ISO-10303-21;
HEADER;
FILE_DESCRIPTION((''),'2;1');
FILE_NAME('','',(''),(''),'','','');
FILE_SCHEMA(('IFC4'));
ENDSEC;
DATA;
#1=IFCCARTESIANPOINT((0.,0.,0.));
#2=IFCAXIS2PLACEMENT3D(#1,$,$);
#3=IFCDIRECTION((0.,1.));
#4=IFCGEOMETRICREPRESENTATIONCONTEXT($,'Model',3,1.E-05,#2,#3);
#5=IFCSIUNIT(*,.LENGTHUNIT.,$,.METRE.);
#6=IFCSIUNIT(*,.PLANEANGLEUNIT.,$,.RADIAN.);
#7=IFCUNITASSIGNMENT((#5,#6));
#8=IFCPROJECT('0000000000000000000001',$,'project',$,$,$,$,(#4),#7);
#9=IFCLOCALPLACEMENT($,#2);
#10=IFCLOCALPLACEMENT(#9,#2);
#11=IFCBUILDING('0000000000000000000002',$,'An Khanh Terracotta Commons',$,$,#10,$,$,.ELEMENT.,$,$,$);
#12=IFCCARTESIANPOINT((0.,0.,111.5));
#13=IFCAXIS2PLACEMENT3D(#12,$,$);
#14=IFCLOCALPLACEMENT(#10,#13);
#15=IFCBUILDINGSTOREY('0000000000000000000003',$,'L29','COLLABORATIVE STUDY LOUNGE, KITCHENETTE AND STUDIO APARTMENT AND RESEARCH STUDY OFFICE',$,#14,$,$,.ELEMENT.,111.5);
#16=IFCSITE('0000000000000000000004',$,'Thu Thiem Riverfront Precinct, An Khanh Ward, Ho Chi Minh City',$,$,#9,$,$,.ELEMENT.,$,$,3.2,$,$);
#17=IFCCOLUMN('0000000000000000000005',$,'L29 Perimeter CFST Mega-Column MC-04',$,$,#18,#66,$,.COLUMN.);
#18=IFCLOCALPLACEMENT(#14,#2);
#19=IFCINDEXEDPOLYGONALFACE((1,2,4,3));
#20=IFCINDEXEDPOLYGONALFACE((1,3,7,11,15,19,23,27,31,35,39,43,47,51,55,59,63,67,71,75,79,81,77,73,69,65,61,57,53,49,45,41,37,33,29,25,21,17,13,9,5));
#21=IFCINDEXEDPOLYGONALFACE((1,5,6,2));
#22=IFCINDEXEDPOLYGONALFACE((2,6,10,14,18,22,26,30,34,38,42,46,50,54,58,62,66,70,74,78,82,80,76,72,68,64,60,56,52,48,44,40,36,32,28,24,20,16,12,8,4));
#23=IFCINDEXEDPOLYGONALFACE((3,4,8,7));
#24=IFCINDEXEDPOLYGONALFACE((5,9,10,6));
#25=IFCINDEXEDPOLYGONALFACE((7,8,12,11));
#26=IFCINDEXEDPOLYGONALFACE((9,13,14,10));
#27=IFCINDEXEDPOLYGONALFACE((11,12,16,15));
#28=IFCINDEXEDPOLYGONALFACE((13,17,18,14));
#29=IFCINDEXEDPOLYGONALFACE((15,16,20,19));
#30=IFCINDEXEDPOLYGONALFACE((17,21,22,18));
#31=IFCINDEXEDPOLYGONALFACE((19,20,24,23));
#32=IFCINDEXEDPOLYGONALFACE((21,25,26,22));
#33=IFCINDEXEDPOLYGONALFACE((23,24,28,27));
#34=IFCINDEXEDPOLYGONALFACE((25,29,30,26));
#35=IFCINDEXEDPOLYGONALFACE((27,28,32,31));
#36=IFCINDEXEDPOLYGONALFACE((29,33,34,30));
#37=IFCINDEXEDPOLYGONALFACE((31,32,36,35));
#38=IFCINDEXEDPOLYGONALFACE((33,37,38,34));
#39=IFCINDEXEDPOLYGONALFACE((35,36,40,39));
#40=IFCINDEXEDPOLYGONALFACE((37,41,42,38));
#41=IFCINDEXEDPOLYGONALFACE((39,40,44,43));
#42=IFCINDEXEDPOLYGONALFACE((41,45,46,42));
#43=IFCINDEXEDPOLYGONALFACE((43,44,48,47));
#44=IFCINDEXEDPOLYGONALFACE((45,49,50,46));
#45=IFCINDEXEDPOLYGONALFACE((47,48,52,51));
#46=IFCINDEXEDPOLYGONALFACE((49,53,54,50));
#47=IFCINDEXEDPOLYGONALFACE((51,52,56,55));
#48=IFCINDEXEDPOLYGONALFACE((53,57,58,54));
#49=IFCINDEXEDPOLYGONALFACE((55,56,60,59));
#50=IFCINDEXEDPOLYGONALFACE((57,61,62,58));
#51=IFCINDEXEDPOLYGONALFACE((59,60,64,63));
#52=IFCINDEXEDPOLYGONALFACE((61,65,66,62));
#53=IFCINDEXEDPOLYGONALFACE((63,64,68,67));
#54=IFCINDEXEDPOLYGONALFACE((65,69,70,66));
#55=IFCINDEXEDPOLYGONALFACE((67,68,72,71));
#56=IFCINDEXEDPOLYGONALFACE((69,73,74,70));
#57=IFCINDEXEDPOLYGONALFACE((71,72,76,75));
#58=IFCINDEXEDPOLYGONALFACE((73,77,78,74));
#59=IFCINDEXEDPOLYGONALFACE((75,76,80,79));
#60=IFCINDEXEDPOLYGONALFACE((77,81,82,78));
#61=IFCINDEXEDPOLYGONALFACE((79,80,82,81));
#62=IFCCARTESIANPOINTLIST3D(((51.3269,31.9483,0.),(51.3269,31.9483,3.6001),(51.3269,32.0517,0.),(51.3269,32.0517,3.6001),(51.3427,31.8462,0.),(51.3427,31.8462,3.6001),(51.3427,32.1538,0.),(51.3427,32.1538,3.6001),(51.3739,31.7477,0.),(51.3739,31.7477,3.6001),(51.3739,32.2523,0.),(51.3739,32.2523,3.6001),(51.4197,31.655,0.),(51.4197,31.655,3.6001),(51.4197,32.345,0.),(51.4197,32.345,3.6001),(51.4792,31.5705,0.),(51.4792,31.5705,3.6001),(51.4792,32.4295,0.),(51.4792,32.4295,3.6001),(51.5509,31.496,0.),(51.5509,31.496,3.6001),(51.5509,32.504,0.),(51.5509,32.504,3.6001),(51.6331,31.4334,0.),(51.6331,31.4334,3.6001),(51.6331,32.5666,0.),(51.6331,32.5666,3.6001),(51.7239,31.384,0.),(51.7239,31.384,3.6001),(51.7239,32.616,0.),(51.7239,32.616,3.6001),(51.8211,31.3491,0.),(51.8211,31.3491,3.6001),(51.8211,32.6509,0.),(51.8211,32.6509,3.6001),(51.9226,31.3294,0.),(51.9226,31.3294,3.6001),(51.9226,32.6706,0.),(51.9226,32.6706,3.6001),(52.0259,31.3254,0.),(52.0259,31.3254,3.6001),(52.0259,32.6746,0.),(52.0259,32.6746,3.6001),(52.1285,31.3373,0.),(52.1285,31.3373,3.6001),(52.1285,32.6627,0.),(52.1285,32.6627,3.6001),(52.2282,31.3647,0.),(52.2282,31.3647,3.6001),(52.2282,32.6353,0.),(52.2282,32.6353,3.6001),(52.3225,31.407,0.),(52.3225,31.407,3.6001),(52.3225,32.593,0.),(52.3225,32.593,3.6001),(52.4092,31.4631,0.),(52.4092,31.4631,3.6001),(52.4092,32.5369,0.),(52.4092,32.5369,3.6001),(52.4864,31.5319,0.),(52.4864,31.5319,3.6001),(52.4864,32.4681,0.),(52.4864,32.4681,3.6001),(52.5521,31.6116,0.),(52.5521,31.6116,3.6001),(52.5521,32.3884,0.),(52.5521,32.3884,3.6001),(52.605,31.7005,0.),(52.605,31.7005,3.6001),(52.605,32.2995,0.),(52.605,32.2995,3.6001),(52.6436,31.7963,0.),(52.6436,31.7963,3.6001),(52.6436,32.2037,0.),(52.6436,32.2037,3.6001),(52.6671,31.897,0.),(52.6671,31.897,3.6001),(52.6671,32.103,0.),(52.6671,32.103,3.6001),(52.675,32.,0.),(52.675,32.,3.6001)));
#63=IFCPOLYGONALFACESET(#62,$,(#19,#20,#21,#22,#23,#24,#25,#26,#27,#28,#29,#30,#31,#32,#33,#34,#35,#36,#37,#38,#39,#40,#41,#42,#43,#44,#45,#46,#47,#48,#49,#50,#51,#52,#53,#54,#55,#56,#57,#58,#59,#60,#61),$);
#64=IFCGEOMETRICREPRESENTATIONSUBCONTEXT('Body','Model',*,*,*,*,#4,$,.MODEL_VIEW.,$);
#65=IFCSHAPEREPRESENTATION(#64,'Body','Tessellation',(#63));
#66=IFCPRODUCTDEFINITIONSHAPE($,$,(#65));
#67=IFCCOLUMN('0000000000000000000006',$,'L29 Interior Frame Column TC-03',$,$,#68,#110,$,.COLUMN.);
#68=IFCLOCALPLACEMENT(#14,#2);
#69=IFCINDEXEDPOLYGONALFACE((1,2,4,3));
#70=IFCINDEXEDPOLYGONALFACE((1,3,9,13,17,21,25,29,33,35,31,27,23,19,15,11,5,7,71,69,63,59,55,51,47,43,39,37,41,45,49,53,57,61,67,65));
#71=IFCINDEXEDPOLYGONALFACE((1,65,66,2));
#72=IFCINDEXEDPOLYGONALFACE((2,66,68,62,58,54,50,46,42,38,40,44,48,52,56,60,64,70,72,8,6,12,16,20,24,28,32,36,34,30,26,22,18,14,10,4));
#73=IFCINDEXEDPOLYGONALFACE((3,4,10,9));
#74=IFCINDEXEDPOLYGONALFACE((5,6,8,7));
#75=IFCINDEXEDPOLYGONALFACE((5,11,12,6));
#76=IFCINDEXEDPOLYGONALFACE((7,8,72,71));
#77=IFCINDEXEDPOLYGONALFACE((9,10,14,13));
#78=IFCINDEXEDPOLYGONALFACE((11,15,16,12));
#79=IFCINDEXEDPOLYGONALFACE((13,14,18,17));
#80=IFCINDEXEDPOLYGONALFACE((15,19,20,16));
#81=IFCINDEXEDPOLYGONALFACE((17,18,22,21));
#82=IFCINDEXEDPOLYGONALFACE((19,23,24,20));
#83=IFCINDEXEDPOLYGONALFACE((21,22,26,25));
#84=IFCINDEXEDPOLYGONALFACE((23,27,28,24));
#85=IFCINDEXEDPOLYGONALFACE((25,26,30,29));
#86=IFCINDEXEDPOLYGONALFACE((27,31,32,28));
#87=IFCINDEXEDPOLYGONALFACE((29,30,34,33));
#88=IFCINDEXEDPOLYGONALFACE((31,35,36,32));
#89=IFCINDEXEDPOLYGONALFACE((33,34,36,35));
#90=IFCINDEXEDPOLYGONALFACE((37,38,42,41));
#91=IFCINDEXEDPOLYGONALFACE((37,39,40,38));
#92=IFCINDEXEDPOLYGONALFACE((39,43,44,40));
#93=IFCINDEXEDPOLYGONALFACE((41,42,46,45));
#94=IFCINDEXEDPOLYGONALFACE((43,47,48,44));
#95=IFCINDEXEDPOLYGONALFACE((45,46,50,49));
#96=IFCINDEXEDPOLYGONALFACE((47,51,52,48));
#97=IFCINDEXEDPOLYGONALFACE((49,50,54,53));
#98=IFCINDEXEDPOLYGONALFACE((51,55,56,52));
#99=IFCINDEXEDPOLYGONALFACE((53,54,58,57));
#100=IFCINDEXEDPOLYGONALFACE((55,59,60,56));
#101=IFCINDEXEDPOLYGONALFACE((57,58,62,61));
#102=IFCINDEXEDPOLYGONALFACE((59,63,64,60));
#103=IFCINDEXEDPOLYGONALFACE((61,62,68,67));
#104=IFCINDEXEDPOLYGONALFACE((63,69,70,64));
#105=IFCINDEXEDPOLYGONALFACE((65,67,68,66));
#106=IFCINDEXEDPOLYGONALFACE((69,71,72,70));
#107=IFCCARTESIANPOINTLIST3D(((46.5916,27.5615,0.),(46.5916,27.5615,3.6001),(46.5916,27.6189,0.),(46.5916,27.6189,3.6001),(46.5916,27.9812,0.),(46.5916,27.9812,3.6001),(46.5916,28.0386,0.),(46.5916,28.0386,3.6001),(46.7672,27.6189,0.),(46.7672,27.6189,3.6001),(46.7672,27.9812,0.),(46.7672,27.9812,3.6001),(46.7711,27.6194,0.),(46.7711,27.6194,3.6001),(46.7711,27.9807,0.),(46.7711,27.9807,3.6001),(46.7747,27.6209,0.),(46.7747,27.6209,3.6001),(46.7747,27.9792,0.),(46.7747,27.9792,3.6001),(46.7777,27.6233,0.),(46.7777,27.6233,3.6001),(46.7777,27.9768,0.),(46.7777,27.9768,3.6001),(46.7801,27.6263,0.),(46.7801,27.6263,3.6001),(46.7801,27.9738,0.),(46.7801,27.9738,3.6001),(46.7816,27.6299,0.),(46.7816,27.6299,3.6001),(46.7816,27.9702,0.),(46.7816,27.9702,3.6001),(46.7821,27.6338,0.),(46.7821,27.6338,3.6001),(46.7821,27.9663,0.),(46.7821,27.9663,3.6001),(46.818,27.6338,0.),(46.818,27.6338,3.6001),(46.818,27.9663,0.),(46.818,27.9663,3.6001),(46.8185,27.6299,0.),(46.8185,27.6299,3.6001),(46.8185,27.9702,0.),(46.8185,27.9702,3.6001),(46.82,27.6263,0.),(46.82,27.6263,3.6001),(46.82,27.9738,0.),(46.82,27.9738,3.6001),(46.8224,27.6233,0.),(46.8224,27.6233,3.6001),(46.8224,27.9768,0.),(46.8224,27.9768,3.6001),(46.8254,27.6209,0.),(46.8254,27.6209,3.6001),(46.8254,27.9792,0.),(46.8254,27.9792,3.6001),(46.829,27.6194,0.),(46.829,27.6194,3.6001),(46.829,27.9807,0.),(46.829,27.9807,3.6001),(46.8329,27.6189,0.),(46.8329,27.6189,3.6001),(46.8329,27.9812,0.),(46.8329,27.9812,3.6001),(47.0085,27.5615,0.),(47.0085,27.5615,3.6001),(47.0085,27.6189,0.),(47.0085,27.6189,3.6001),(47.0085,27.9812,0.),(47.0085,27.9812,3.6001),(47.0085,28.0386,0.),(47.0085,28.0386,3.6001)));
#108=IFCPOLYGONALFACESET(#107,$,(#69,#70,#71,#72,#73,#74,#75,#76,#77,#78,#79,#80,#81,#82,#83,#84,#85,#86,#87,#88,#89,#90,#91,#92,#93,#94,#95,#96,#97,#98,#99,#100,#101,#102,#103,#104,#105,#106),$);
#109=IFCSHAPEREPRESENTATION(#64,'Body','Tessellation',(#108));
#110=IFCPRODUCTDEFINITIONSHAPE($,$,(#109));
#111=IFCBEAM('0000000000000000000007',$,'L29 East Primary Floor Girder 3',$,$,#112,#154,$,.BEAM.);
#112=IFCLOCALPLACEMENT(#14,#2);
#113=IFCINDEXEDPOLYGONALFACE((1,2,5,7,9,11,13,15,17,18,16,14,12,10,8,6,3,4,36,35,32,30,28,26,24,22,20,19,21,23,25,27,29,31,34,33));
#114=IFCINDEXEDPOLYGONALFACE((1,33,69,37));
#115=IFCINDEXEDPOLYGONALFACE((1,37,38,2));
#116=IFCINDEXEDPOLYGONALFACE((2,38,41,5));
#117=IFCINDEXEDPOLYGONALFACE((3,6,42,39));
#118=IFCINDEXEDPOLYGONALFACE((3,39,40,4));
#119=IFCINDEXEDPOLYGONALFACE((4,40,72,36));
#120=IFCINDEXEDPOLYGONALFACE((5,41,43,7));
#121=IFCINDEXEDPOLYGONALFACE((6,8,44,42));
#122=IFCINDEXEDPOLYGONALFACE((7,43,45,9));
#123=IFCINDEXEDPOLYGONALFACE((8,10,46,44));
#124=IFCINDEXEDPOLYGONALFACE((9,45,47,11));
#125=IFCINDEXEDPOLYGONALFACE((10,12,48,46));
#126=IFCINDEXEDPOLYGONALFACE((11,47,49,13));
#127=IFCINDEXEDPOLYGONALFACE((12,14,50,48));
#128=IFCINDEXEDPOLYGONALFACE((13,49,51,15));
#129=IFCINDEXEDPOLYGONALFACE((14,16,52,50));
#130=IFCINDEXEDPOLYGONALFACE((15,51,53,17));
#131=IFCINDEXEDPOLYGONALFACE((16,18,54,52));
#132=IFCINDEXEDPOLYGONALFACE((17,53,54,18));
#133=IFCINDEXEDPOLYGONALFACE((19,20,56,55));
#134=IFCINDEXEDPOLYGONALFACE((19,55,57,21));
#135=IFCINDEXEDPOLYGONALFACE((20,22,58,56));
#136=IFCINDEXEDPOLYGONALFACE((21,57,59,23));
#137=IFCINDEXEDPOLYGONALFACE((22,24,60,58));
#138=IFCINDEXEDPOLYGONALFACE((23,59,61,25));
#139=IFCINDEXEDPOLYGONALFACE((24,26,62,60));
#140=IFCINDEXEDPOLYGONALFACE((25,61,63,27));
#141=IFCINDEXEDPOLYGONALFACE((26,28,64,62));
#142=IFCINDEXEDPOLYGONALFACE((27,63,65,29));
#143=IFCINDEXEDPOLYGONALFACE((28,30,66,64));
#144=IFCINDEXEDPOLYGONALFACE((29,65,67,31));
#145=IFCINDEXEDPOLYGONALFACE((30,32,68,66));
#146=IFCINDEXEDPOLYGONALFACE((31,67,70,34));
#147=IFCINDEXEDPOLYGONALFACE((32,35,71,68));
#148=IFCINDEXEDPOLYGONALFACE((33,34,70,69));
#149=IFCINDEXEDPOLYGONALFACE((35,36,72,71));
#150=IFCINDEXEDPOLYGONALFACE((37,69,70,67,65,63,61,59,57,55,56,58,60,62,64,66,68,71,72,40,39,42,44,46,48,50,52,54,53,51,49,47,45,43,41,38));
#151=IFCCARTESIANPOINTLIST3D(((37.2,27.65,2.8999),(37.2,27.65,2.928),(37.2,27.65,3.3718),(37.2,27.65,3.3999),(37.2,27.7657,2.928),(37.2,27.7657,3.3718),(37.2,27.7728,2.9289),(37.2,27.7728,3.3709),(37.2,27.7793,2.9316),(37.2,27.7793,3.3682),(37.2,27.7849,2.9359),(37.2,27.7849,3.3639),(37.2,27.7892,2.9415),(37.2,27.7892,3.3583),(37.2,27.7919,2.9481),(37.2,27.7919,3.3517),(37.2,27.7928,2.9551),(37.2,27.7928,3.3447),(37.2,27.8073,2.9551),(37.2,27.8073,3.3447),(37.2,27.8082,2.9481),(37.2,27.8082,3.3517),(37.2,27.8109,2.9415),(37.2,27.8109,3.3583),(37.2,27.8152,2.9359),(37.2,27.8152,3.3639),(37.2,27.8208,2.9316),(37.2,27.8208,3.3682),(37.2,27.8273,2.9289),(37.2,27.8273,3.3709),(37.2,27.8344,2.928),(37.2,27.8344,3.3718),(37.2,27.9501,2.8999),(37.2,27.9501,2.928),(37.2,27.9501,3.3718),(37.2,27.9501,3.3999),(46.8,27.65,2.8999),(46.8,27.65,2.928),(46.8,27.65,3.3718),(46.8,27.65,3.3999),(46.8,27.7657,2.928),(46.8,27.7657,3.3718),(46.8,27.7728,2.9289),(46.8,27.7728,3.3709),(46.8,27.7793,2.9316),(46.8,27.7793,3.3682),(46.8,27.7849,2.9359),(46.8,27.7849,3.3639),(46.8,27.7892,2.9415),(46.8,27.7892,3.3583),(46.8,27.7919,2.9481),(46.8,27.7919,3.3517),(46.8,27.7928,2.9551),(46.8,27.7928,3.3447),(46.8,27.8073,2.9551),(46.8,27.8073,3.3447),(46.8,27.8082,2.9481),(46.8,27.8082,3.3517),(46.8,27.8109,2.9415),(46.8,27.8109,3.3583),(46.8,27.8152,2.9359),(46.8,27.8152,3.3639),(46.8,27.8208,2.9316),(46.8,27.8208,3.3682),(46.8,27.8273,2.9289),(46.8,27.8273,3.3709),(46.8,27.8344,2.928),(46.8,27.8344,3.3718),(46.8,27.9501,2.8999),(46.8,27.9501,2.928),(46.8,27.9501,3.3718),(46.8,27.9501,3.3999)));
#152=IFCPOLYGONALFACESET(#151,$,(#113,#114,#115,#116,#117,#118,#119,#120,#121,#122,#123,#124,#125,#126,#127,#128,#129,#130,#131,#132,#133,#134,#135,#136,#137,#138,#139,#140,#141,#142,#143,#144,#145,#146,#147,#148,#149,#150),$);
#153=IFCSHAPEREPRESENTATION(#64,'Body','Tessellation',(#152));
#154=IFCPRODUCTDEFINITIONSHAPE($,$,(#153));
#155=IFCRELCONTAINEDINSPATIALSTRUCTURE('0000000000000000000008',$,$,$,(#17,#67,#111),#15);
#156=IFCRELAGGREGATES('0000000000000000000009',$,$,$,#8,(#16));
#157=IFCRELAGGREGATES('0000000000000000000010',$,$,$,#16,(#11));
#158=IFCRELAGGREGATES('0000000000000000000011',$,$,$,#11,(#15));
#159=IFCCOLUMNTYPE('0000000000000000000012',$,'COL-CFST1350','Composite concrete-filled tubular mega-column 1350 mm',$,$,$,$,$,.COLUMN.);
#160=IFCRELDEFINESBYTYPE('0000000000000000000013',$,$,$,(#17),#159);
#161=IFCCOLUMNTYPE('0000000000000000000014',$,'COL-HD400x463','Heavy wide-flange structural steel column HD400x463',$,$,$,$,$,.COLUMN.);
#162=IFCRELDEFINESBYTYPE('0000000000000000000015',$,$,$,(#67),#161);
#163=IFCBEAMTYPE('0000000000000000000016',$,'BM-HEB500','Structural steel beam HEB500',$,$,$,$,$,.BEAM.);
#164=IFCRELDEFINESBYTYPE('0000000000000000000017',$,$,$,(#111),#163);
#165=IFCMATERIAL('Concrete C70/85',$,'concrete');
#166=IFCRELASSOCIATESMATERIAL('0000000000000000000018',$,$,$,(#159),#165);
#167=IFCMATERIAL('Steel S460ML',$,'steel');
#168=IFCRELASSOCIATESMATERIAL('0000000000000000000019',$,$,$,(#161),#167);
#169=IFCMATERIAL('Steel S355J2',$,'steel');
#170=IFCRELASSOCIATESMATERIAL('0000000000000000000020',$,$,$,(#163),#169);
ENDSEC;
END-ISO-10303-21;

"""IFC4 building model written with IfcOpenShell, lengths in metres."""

from ifc_helpers import new_model, si_unit, direction, frame, origin, origin_2d, place, context, subcontext, project, spatial, circle, i_section, extrude, material, material_profile, profile_set, type_object, element, save


model = new_model("IFC4")

# Units and contexts
model_context = context("Model", 3, precision=1e-05, world=origin(), true_north=direction((0.0, 1.0)))
body_context = subcontext(model_context, "Body", "Model", "MODEL_VIEW")
ifc_project = project(units=[si_unit("LENGTHUNIT", "METRE"), si_unit("PLANEANGLEUNIT", "RADIAN")], contexts=[model_context])

# Site, building, storey
site_placement = place(None, origin())
site = spatial("IfcSite", under=ifc_project, at=site_placement, Name="Thu Thiem Riverfront Precinct, An Khanh Ward, Ho Chi Minh City", CompositionType="ELEMENT", RefElevation=3.2)
building_placement = place(site_placement, origin())
building = spatial("IfcBuilding", under=site, at=building_placement, Name="An Khanh Terracotta Commons", CompositionType="ELEMENT")
storey_placement = place(building_placement, frame((0.0, 0.0, 111.5)))
storey = spatial("IfcBuildingStorey", under=building, at=storey_placement, Name="L29", Description="COLLABORATIVE STUDY LOUNGE, KITCHENETTE AND STUDIO APARTMENT AND RESEARCH STUDY OFFICE", CompositionType="ELEMENT", Elevation=111.5)

# Columns
ifc_material_1 = material(Name="Concrete C70/85", Category="concrete")
ifc_material_profile_1 = material_profile(ifc_material_1, circle(Radius=0.675, at=origin_2d()), Name="CFST1350")
ifc_profile_set_1 = profile_set([ifc_material_profile_1], Name="Concrete C70/85")
column_type_1 = type_object("IfcColumnType", Name="COL-CFST1350", Description="Composite concrete-filled tubular mega-column 1350 mm", PredefinedType="COLUMN", material=ifc_profile_set_1)
column_1_placement = place(storey_placement, frame((52.0, 32.0, 0.0), z_axis=(0.0, 0.0, 1.0), x_axis=(1.0, 0.0, 0.0)))
element("IfcColumn", 1, at=column_1_placement, inside=storey, type_object=column_type_1, Name="L29 Perimeter CFST Mega-Column MC-04", PredefinedType="COLUMN", context=body_context, shape_type="SweptSolid", body=[
    extrude(circle(Radius=0.675, at=origin_2d()), origin(), (0.0, 0.0, 1.0), 3.6001),
])
ifc_material_2 = material(Name="Steel S460ML", Category="steel")
ifc_material_profile_2 = material_profile(ifc_material_2, i_section(OverallWidth=0.417, OverallDepth=0.4771, WebThickness=0.0359, FlangeThickness=0.0574, FilletRadius=0.0149, at=origin_2d()), Name="HD400x463")
ifc_profile_set_2 = profile_set([ifc_material_profile_2], Name="Steel S460ML")
column_type_2 = type_object("IfcColumnType", Name="COL-HD400x463", Description="Heavy wide-flange structural steel column HD400x463", PredefinedType="COLUMN", material=ifc_profile_set_2)
column_2_placement = place(storey_placement, frame((46.8, 27.8, 0.0), z_axis=(0.0, 0.0, 1.0), x_axis=(1.0, 0.0, 0.0)))
element("IfcColumn", 2, at=column_2_placement, inside=storey, type_object=column_type_2, Name="L29 Interior Frame Column TC-03", PredefinedType="COLUMN", context=body_context, shape_type="SweptSolid", body=[
    extrude(i_section(OverallWidth=0.417, OverallDepth=0.4771, WebThickness=0.0359, FlangeThickness=0.0574, FilletRadius=0.0149, at=origin_2d()), origin(), (0.0, 0.0, 1.0), 3.6001),
])

# Beam
ifc_material_3 = material(Name="Steel S355J2", Category="steel")
ifc_material_profile_3 = material_profile(ifc_material_3, i_section(OverallWidth=0.3, OverallDepth=0.5, WebThickness=0.0144, FlangeThickness=0.0281, FilletRadius=0.0271, at=origin_2d()), Name="HEB500")
ifc_profile_set_3 = profile_set([ifc_material_profile_3], Name="Steel S355J2")
beam_type_1 = type_object("IfcBeamType", Name="BM-HEB500", Description="Structural steel beam HEB500", PredefinedType="BEAM", material=ifc_profile_set_3)
beam_1_placement = place(storey_placement, frame((37.2, 27.8, 3.1499), z_axis=(1.0, 0.0, 0.0), x_axis=(0.0, 1.0, 0.0)))
element("IfcBeam", 3, at=beam_1_placement, inside=storey, type_object=beam_type_1, Name="L29 East Primary Floor Girder 3", PredefinedType="BEAM", context=body_context, shape_type="SweptSolid", body=[
    extrude(i_section(OverallWidth=0.3, OverallDepth=0.5, WebThickness=0.0144, FlangeThickness=0.0281, FilletRadius=0.0271, at=origin_2d()), origin(), (0.0, 0.0, 1.0), 9.6001),
])

save(model, "model.ifc")
